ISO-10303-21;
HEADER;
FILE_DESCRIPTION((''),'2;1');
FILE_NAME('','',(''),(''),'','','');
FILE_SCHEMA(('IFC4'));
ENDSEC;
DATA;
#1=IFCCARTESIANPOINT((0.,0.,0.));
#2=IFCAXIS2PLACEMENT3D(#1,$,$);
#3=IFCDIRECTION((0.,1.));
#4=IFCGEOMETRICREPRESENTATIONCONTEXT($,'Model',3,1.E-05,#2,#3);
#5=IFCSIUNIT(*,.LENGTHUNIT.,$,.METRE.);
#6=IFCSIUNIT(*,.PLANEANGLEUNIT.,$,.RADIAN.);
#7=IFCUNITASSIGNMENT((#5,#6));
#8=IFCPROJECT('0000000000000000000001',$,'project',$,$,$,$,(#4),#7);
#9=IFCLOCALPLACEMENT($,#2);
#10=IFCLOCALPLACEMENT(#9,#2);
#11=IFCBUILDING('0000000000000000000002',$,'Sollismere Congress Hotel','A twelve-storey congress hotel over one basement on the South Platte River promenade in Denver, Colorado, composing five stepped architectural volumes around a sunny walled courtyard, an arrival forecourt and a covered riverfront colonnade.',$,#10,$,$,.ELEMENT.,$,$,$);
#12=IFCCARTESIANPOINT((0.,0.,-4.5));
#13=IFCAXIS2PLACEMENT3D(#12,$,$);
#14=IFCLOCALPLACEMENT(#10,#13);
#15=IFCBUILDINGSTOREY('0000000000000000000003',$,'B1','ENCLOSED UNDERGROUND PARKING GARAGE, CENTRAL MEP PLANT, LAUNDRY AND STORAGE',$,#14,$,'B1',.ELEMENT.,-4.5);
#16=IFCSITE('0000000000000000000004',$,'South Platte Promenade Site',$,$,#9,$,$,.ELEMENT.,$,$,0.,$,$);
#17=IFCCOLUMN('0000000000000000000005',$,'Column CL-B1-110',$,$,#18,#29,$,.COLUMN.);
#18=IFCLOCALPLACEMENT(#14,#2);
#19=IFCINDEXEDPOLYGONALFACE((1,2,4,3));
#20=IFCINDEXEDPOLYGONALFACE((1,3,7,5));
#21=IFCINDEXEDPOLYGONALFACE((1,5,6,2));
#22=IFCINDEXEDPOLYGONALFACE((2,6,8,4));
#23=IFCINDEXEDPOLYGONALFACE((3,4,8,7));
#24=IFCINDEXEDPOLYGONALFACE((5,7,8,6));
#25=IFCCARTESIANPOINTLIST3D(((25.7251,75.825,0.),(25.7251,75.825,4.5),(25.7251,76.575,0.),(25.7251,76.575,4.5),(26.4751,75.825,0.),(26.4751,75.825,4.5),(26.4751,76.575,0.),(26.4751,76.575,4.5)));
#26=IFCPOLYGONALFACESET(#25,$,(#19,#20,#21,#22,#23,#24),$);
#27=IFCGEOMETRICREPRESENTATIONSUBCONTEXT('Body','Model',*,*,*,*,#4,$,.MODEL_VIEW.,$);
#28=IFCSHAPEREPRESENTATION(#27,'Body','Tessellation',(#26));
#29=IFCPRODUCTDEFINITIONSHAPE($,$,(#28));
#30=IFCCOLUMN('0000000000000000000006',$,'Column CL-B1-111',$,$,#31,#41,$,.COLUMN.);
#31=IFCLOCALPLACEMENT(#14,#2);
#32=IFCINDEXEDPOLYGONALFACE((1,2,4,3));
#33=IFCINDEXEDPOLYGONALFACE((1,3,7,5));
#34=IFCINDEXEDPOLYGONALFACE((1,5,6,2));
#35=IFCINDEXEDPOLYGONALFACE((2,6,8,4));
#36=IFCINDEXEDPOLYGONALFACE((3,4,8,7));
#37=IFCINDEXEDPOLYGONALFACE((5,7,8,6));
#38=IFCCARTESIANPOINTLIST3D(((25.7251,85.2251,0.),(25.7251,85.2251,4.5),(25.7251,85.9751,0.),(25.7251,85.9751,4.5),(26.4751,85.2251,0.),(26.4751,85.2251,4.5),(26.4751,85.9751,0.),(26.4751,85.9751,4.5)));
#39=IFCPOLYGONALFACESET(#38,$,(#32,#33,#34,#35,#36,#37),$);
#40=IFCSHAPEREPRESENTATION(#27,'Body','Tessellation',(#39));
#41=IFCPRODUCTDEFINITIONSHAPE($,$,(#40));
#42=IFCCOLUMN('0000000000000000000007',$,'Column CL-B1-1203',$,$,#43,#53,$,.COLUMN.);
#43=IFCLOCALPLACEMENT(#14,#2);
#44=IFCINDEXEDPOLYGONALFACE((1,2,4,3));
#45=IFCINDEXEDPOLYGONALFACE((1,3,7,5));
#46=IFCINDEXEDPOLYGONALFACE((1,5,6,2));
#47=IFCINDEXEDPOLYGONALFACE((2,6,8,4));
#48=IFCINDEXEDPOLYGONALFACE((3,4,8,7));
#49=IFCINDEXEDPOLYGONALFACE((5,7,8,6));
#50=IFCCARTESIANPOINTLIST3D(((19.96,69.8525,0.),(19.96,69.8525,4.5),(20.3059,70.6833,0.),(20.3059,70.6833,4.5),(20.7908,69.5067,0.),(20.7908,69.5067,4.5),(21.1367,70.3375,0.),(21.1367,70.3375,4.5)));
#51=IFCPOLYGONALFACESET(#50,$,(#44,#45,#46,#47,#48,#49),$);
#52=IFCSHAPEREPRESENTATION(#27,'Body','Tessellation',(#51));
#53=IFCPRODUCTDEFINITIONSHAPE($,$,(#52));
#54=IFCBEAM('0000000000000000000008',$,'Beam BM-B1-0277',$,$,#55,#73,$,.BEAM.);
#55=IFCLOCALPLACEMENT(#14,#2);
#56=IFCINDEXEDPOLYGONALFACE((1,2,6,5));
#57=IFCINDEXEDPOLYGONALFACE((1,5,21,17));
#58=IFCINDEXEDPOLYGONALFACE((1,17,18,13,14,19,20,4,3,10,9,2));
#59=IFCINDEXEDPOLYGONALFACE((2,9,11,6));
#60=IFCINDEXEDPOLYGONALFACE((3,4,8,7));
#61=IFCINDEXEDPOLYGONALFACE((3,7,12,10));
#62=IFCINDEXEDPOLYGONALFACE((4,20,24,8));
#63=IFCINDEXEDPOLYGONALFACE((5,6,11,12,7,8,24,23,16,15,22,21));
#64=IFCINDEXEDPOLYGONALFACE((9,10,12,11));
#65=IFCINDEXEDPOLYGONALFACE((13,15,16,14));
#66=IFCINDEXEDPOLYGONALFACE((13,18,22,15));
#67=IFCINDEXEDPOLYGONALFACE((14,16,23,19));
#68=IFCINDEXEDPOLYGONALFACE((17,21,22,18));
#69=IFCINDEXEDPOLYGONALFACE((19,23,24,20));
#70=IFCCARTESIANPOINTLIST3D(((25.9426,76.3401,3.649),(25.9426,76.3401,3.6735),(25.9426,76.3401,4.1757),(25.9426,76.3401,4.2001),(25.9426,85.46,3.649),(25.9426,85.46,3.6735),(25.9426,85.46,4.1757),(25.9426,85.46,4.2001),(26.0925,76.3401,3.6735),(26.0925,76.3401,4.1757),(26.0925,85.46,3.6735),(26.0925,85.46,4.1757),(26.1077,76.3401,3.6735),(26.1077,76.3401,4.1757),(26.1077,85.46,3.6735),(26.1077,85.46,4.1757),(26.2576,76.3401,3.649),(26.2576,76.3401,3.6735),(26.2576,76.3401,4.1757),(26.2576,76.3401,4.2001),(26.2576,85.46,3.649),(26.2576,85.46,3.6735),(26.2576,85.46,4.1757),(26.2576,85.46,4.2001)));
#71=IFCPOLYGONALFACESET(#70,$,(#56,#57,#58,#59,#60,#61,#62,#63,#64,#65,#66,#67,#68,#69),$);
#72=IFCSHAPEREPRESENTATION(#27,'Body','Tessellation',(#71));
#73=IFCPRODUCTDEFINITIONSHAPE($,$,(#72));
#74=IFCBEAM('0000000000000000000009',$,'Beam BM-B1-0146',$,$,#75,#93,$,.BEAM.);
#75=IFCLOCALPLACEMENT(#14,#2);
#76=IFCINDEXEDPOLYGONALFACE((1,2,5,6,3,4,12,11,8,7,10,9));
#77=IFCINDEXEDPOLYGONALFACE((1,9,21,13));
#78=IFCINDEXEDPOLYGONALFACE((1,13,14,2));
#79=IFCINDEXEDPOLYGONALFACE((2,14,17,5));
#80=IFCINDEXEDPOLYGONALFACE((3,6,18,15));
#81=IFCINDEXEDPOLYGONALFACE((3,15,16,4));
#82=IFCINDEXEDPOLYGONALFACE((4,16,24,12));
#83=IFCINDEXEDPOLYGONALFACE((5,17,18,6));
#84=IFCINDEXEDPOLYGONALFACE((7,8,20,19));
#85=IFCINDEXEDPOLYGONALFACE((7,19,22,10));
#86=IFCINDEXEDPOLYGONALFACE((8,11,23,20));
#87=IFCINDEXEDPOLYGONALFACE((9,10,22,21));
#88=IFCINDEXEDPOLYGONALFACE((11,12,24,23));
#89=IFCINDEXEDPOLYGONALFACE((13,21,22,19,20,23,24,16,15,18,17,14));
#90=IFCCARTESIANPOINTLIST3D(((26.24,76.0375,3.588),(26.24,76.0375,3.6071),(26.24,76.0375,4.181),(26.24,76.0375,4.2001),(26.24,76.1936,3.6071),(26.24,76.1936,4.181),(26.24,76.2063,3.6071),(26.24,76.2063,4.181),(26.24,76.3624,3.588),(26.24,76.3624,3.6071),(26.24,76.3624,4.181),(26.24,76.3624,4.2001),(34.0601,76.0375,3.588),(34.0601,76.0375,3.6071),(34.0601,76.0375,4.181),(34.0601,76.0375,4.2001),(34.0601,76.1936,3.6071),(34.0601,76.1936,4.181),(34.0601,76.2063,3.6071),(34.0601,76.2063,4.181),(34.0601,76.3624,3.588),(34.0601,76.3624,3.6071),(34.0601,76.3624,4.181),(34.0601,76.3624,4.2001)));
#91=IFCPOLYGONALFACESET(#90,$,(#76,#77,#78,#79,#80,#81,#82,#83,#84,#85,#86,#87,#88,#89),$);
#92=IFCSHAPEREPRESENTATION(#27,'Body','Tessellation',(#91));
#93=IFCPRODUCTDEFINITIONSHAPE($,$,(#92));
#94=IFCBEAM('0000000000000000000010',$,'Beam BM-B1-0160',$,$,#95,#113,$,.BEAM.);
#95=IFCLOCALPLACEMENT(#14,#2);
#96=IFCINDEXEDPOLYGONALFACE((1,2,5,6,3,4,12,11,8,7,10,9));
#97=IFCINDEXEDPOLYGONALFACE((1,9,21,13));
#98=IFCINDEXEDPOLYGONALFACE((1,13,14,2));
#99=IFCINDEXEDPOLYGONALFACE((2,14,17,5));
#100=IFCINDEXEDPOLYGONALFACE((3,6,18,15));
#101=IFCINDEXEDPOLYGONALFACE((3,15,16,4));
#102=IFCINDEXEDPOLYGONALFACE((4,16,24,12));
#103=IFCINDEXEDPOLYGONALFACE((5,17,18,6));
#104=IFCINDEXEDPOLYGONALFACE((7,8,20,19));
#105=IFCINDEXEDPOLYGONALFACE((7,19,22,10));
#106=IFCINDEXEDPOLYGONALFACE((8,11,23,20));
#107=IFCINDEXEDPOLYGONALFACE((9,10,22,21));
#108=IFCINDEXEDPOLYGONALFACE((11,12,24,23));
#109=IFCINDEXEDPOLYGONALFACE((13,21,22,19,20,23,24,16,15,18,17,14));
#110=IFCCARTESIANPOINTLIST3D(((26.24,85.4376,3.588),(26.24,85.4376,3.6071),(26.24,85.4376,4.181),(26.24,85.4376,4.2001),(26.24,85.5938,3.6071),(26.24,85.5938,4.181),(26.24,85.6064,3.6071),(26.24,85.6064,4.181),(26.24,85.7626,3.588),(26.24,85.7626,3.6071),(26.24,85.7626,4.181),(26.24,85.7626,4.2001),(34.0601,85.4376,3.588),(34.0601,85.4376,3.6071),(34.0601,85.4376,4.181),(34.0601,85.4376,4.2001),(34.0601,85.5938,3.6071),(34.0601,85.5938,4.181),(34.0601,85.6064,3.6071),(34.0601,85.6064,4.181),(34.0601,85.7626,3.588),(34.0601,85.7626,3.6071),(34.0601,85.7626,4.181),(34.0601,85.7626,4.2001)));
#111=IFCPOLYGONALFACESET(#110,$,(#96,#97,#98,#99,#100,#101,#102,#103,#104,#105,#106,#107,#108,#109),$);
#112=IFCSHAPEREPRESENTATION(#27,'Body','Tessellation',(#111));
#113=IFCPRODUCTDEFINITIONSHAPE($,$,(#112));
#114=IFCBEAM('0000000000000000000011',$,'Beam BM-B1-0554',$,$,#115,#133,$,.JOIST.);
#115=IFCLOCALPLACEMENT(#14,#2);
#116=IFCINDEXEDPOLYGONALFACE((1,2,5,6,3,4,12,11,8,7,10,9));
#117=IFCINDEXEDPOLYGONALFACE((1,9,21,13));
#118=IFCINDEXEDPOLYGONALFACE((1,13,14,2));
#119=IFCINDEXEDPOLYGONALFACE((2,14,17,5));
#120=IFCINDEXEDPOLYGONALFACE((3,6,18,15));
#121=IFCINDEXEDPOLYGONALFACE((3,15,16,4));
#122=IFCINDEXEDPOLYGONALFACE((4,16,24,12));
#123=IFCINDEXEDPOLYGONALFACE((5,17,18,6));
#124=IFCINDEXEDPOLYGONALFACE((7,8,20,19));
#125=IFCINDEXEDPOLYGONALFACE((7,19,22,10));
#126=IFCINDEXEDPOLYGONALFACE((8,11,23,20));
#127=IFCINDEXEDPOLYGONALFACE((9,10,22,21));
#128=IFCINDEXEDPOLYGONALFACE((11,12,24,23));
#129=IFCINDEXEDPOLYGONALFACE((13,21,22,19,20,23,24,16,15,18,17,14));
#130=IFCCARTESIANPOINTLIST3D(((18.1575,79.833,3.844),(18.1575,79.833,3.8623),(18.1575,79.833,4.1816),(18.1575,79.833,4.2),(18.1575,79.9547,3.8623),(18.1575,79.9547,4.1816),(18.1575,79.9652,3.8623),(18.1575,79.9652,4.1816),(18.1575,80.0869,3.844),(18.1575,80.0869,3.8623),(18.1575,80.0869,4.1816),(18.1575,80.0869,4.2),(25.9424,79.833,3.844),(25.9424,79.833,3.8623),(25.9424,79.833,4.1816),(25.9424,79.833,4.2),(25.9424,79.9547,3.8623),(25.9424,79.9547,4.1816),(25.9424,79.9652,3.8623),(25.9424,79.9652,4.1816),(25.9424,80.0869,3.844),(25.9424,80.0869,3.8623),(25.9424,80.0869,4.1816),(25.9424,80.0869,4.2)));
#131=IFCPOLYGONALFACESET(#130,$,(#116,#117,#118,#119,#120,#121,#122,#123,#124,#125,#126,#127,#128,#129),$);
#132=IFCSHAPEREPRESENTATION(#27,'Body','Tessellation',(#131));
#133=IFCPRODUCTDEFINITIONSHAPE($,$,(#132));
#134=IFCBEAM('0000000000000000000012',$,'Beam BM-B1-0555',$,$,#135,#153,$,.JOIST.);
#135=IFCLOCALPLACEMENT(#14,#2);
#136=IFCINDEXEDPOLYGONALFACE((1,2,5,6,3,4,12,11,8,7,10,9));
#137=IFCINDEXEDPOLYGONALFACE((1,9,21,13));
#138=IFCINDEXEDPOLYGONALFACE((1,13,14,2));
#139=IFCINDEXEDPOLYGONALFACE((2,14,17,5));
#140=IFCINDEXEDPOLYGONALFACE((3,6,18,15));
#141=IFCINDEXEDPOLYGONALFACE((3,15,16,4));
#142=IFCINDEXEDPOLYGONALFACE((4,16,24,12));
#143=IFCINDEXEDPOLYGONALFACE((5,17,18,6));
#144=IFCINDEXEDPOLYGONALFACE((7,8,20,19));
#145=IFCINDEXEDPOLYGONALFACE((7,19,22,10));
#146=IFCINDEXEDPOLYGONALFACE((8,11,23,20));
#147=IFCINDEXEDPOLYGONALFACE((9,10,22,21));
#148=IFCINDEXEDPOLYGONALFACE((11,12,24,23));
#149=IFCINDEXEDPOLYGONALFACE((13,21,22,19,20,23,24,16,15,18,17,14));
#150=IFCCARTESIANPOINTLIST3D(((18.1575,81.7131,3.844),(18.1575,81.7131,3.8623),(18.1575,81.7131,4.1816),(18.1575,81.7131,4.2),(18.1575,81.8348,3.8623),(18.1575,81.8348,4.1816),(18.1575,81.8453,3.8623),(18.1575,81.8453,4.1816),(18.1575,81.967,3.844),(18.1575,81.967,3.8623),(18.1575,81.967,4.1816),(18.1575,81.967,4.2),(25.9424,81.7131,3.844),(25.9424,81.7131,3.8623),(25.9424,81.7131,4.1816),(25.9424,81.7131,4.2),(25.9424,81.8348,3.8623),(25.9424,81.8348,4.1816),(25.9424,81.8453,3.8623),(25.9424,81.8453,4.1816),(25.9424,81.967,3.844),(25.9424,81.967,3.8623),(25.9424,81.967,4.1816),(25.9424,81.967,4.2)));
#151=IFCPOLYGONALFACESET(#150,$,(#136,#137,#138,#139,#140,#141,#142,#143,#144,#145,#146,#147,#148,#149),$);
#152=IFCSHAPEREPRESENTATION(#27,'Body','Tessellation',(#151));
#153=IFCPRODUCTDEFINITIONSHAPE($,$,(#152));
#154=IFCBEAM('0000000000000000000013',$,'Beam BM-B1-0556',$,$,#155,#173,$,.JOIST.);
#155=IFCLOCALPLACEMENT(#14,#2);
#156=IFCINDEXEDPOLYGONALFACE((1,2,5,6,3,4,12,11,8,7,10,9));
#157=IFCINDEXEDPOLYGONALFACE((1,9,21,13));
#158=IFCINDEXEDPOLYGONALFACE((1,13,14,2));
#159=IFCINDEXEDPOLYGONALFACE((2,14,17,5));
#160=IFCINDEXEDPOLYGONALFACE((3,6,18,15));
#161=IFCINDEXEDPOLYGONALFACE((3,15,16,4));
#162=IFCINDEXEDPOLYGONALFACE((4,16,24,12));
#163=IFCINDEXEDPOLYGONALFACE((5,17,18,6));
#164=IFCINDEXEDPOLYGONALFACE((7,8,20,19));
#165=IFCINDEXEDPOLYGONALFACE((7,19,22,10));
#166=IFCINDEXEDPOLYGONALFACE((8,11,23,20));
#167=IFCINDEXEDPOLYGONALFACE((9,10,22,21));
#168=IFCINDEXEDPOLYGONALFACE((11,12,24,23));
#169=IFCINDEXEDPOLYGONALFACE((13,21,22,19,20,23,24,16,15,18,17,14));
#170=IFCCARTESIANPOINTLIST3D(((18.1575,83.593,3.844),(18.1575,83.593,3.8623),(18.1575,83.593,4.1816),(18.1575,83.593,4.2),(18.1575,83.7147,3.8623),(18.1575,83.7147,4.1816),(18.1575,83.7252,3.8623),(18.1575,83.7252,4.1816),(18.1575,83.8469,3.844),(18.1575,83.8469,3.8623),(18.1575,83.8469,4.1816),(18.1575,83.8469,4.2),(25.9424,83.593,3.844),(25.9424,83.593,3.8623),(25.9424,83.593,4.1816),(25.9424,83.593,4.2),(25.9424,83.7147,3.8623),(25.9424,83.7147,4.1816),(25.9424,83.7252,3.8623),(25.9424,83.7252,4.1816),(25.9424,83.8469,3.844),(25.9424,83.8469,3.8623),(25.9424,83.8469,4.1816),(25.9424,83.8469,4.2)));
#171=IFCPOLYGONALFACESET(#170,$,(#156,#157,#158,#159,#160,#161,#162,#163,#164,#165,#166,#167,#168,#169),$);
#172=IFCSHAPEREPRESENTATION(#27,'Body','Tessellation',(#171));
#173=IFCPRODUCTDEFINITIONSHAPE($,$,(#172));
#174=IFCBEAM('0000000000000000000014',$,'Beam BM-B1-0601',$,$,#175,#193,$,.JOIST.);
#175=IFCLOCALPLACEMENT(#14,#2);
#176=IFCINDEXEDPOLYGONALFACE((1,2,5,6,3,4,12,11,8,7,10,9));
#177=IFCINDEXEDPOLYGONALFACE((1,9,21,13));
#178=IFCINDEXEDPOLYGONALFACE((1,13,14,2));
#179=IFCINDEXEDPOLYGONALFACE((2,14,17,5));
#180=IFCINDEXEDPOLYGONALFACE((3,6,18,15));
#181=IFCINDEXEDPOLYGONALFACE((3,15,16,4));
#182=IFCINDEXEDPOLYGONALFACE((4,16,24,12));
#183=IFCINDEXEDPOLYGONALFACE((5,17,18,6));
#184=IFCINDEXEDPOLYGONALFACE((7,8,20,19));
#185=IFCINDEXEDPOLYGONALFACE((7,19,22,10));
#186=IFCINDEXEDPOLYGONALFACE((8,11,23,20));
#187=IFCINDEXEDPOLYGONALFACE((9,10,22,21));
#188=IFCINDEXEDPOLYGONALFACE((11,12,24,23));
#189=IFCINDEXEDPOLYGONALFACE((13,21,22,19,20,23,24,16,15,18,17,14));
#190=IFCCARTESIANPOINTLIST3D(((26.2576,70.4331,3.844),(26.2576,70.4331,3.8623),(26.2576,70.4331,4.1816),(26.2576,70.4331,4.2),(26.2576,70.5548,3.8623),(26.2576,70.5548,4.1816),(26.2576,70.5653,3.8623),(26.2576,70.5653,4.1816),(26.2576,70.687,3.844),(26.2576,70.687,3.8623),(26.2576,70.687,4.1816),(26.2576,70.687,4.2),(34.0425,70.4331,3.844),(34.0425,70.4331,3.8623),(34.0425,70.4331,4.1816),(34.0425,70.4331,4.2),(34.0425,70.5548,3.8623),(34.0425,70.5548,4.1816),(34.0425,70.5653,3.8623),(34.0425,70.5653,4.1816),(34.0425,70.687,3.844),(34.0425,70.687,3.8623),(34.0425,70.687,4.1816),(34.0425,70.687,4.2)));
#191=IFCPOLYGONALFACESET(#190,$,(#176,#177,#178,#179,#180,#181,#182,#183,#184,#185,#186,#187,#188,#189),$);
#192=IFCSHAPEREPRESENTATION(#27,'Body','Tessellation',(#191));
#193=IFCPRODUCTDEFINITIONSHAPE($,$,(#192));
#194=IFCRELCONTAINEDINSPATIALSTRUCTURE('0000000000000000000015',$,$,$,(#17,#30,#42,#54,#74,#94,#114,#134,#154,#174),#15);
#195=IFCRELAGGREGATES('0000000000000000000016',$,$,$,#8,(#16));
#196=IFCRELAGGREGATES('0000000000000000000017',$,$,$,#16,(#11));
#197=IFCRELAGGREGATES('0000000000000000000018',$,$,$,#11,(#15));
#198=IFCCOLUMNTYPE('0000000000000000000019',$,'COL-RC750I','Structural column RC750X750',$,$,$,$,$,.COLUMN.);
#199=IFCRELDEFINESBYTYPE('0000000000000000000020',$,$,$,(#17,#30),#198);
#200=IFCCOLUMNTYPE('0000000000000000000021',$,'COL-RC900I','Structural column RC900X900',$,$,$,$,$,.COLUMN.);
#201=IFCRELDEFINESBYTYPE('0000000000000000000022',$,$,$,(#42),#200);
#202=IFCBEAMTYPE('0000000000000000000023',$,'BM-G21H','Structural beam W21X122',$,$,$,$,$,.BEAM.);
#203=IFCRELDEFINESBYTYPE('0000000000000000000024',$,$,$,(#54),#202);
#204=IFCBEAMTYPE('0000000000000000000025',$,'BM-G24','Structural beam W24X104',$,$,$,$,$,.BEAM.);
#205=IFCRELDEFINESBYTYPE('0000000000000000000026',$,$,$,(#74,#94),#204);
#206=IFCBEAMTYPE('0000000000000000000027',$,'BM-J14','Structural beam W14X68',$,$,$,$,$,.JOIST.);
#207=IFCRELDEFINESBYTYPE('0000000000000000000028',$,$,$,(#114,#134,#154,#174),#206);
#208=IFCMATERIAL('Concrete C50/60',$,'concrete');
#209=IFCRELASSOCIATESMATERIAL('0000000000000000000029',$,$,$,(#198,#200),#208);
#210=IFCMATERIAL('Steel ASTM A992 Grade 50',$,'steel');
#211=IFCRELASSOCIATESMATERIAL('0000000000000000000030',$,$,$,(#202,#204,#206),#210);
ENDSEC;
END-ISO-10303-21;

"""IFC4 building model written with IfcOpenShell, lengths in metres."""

from ifc_helpers import new_model, si_unit, direction, frame, origin, origin_2d, place, context, subcontext, project, spatial, rectangle, i_section, extrude, material, material_profile, profile_set, type_object, element, save


model = new_model("IFC4")

# Units and contexts
model_context = context("Model", 3, precision=1e-05, world=origin(), true_north=direction((0.0, 1.0)))
body_context = subcontext(model_context, "Body", "Model", "MODEL_VIEW")
ifc_project = project(units=[si_unit("LENGTHUNIT", "METRE"), si_unit("PLANEANGLEUNIT", "RADIAN")], contexts=[model_context])

# Site, building, storey
site_placement = place(None, origin())
site = spatial("IfcSite", under=ifc_project, at=site_placement, Name="South Platte Promenade Site", CompositionType="ELEMENT", RefElevation=0.0)
building_placement = place(site_placement, origin())
building = spatial("IfcBuilding", under=site, at=building_placement, Name="Sollismere Congress Hotel", Description="A twelve-storey congress hotel over one basement on the South Platte River promenade in Denver, Colorado, composing five stepped architectural volumes around a sunny walled courtyard, an arrival forecourt and a covered riverfront colonnade.", CompositionType="ELEMENT")
storey_placement = place(building_placement, frame((0.0, 0.0, -4.5)))
storey = spatial("IfcBuildingStorey", under=building, at=storey_placement, Name="B1", Description="ENCLOSED UNDERGROUND PARKING GARAGE, CENTRAL MEP PLANT, LAUNDRY AND STORAGE", LongName="B1", CompositionType="ELEMENT", Elevation=-4.5)

# Columns
ifc_material_1 = material(Name="Concrete C50/60", Category="concrete")
ifc_material_profile_1 = material_profile(ifc_material_1, rectangle(XDim=0.75, YDim=0.75, at=origin_2d()), Name="RC750X750")
ifc_profile_set_1 = profile_set([ifc_material_profile_1], Name="Concrete C50/60")
column_type_1 = type_object("IfcColumnType", Name="COL-RC750I", Description="Structural column RC750X750", PredefinedType="COLUMN", material=ifc_profile_set_1)
for number, where, z_axis, x_axis, name in (
    (1, (26.1001, 76.2, 0.0), (0.0, 0.0, 1.0), (1.0, 0.0, 0.0), "Column CL-B1-110"),
    (2, (26.1001, 85.6001, 0.0), (0.0, 0.0, 1.0), (1.0, 0.0, 0.0), "Column CL-B1-111"),
):
    element("IfcColumn", number, at=place(storey_placement, frame(where, z_axis=z_axis, x_axis=x_axis)), inside=storey, type_object=column_type_1, Name=name, PredefinedType="COLUMN", context=body_context, shape_type="SweptSolid", body=[
        extrude(rectangle(XDim=0.75, YDim=0.75, at=origin_2d()), origin(), (0.0, 0.0, 1.0), 4.5),
    ])
ifc_material_profile_2 = material_profile(ifc_material_1, rectangle(XDim=0.8999, YDim=0.8999, at=origin_2d()), Name="RC900X900")
ifc_profile_set_2 = profile_set([ifc_material_profile_2], Name="Concrete C50/60")
column_type_2 = type_object("IfcColumnType", Name="COL-RC900I", Description="Structural column RC900X900", PredefinedType="COLUMN", material=ifc_profile_set_2)
column_placement = place(storey_placement, frame((20.5483, 70.095, 0.0), z_axis=(0.0, 0.0, 1.0), x_axis=(-0.384295, -0.92321, 0.0)))
element("IfcColumn", 3, at=column_placement, inside=storey, type_object=column_type_2, Name="Column CL-B1-1203", PredefinedType="COLUMN", context=body_context, shape_type="SweptSolid", body=[
    extrude(rectangle(XDim=0.8999, YDim=0.8999, at=origin_2d()), origin(), (0.0, 0.0, 1.0), 4.5),
])

# Beams
ifc_material_2 = material(Name="Steel ASTM A992 Grade 50", Category="steel")
ifc_material_profile_3 = material_profile(ifc_material_2, i_section(OverallWidth=0.3149, OverallDepth=0.551, WebThickness=0.0151, FlangeThickness=0.0244, at=origin_2d()), Name="W21X122")
ifc_profile_set_3 = profile_set([ifc_material_profile_3], Name="Steel ASTM A992 Grade 50")
beam_type_1 = type_object("IfcBeamType", Name="BM-G21H", Description="Structural beam W21X122", PredefinedType="BEAM", material=ifc_profile_set_3)
beam_placement = place(storey_placement, frame((26.1001, 76.3401, 3.9246), z_axis=(0.0, 1.0, 0.0), x_axis=(-1.0, 0.0, 0.0)))
element("IfcBeam", 4, at=beam_placement, inside=storey, type_object=beam_type_1, Name="Beam BM-B1-0277", PredefinedType="BEAM", context=body_context, shape_type="SweptSolid", body=[
    extrude(i_section(OverallWidth=0.3149, OverallDepth=0.551, WebThickness=0.0151, FlangeThickness=0.0244, at=origin_2d()), origin(), (0.0, 0.0, 1.0), 9.1199),
])
ifc_material_profile_4 = material_profile(ifc_material_2, i_section(OverallWidth=0.325, OverallDepth=0.6121, WebThickness=0.0127, FlangeThickness=0.019, at=origin_2d()), Name="W24X104")
ifc_profile_set_4 = profile_set([ifc_material_profile_4], Name="Steel ASTM A992 Grade 50")
beam_type_2 = type_object("IfcBeamType", Name="BM-G24", Description="Structural beam W24X104", PredefinedType="BEAM", material=ifc_profile_set_4)
for number, where, z_axis, x_axis, name in (
    (5, (26.24, 76.2, 3.894), (1.0, 0.0, 0.0), (0.0, 1.0, 0.0), "Beam BM-B1-0146"),
    (6, (26.24, 85.6001, 3.894), (1.0, 0.0, 0.0), (0.0, 1.0, 0.0), "Beam BM-B1-0160"),
):
    element("IfcBeam", number, at=place(storey_placement, frame(where, z_axis=z_axis, x_axis=x_axis)), inside=storey, type_object=beam_type_2, Name=name, PredefinedType="BEAM", context=body_context, shape_type="SweptSolid", body=[
        extrude(i_section(OverallWidth=0.325, OverallDepth=0.6121, WebThickness=0.0127, FlangeThickness=0.019, at=origin_2d()), origin(), (0.0, 0.0, 1.0), 7.8201),
    ])
ifc_material_profile_5 = material_profile(ifc_material_2, i_section(OverallWidth=0.2539, OverallDepth=0.356, WebThickness=0.0105, FlangeThickness=0.0183, at=origin_2d()), Name="W14X68")
ifc_profile_set_5 = profile_set([ifc_material_profile_5], Name="Steel ASTM A992 Grade 50")
beam_type_3 = type_object("IfcBeamType", Name="BM-J14", Description="Structural beam W14X68", PredefinedType="JOIST", material=ifc_profile_set_5)
for number, where, z_axis, x_axis, name in (
    (7, (18.1575, 79.96, 4.022), (1.0, 0.0, 0.0), (0.0, 1.0, 0.0), "Beam BM-B1-0554"),
    (8, (18.1575, 81.8401, 4.022), (1.0, 0.0, 0.0), (0.0, 1.0, 0.0), "Beam BM-B1-0555"),
    (9, (18.1575, 83.72, 4.022), (1.0, 0.0, 0.0), (0.0, 1.0, 0.0), "Beam BM-B1-0556"),
    (10, (26.2576, 70.5601, 4.022), (1.0, 0.0, 0.0), (0.0, 1.0, 0.0), "Beam BM-B1-0601"),
):
    element("IfcBeam", number, at=place(storey_placement, frame(where, z_axis=z_axis, x_axis=x_axis)), inside=storey, type_object=beam_type_3, Name=name, PredefinedType="JOIST", context=body_context, shape_type="SweptSolid", body=[
        extrude(i_section(OverallWidth=0.2539, OverallDepth=0.356, WebThickness=0.0105, FlangeThickness=0.0183, at=origin_2d()), origin(), (0.0, 0.0, 1.0), 7.7849),
    ])

save(model, "model.ifc")
